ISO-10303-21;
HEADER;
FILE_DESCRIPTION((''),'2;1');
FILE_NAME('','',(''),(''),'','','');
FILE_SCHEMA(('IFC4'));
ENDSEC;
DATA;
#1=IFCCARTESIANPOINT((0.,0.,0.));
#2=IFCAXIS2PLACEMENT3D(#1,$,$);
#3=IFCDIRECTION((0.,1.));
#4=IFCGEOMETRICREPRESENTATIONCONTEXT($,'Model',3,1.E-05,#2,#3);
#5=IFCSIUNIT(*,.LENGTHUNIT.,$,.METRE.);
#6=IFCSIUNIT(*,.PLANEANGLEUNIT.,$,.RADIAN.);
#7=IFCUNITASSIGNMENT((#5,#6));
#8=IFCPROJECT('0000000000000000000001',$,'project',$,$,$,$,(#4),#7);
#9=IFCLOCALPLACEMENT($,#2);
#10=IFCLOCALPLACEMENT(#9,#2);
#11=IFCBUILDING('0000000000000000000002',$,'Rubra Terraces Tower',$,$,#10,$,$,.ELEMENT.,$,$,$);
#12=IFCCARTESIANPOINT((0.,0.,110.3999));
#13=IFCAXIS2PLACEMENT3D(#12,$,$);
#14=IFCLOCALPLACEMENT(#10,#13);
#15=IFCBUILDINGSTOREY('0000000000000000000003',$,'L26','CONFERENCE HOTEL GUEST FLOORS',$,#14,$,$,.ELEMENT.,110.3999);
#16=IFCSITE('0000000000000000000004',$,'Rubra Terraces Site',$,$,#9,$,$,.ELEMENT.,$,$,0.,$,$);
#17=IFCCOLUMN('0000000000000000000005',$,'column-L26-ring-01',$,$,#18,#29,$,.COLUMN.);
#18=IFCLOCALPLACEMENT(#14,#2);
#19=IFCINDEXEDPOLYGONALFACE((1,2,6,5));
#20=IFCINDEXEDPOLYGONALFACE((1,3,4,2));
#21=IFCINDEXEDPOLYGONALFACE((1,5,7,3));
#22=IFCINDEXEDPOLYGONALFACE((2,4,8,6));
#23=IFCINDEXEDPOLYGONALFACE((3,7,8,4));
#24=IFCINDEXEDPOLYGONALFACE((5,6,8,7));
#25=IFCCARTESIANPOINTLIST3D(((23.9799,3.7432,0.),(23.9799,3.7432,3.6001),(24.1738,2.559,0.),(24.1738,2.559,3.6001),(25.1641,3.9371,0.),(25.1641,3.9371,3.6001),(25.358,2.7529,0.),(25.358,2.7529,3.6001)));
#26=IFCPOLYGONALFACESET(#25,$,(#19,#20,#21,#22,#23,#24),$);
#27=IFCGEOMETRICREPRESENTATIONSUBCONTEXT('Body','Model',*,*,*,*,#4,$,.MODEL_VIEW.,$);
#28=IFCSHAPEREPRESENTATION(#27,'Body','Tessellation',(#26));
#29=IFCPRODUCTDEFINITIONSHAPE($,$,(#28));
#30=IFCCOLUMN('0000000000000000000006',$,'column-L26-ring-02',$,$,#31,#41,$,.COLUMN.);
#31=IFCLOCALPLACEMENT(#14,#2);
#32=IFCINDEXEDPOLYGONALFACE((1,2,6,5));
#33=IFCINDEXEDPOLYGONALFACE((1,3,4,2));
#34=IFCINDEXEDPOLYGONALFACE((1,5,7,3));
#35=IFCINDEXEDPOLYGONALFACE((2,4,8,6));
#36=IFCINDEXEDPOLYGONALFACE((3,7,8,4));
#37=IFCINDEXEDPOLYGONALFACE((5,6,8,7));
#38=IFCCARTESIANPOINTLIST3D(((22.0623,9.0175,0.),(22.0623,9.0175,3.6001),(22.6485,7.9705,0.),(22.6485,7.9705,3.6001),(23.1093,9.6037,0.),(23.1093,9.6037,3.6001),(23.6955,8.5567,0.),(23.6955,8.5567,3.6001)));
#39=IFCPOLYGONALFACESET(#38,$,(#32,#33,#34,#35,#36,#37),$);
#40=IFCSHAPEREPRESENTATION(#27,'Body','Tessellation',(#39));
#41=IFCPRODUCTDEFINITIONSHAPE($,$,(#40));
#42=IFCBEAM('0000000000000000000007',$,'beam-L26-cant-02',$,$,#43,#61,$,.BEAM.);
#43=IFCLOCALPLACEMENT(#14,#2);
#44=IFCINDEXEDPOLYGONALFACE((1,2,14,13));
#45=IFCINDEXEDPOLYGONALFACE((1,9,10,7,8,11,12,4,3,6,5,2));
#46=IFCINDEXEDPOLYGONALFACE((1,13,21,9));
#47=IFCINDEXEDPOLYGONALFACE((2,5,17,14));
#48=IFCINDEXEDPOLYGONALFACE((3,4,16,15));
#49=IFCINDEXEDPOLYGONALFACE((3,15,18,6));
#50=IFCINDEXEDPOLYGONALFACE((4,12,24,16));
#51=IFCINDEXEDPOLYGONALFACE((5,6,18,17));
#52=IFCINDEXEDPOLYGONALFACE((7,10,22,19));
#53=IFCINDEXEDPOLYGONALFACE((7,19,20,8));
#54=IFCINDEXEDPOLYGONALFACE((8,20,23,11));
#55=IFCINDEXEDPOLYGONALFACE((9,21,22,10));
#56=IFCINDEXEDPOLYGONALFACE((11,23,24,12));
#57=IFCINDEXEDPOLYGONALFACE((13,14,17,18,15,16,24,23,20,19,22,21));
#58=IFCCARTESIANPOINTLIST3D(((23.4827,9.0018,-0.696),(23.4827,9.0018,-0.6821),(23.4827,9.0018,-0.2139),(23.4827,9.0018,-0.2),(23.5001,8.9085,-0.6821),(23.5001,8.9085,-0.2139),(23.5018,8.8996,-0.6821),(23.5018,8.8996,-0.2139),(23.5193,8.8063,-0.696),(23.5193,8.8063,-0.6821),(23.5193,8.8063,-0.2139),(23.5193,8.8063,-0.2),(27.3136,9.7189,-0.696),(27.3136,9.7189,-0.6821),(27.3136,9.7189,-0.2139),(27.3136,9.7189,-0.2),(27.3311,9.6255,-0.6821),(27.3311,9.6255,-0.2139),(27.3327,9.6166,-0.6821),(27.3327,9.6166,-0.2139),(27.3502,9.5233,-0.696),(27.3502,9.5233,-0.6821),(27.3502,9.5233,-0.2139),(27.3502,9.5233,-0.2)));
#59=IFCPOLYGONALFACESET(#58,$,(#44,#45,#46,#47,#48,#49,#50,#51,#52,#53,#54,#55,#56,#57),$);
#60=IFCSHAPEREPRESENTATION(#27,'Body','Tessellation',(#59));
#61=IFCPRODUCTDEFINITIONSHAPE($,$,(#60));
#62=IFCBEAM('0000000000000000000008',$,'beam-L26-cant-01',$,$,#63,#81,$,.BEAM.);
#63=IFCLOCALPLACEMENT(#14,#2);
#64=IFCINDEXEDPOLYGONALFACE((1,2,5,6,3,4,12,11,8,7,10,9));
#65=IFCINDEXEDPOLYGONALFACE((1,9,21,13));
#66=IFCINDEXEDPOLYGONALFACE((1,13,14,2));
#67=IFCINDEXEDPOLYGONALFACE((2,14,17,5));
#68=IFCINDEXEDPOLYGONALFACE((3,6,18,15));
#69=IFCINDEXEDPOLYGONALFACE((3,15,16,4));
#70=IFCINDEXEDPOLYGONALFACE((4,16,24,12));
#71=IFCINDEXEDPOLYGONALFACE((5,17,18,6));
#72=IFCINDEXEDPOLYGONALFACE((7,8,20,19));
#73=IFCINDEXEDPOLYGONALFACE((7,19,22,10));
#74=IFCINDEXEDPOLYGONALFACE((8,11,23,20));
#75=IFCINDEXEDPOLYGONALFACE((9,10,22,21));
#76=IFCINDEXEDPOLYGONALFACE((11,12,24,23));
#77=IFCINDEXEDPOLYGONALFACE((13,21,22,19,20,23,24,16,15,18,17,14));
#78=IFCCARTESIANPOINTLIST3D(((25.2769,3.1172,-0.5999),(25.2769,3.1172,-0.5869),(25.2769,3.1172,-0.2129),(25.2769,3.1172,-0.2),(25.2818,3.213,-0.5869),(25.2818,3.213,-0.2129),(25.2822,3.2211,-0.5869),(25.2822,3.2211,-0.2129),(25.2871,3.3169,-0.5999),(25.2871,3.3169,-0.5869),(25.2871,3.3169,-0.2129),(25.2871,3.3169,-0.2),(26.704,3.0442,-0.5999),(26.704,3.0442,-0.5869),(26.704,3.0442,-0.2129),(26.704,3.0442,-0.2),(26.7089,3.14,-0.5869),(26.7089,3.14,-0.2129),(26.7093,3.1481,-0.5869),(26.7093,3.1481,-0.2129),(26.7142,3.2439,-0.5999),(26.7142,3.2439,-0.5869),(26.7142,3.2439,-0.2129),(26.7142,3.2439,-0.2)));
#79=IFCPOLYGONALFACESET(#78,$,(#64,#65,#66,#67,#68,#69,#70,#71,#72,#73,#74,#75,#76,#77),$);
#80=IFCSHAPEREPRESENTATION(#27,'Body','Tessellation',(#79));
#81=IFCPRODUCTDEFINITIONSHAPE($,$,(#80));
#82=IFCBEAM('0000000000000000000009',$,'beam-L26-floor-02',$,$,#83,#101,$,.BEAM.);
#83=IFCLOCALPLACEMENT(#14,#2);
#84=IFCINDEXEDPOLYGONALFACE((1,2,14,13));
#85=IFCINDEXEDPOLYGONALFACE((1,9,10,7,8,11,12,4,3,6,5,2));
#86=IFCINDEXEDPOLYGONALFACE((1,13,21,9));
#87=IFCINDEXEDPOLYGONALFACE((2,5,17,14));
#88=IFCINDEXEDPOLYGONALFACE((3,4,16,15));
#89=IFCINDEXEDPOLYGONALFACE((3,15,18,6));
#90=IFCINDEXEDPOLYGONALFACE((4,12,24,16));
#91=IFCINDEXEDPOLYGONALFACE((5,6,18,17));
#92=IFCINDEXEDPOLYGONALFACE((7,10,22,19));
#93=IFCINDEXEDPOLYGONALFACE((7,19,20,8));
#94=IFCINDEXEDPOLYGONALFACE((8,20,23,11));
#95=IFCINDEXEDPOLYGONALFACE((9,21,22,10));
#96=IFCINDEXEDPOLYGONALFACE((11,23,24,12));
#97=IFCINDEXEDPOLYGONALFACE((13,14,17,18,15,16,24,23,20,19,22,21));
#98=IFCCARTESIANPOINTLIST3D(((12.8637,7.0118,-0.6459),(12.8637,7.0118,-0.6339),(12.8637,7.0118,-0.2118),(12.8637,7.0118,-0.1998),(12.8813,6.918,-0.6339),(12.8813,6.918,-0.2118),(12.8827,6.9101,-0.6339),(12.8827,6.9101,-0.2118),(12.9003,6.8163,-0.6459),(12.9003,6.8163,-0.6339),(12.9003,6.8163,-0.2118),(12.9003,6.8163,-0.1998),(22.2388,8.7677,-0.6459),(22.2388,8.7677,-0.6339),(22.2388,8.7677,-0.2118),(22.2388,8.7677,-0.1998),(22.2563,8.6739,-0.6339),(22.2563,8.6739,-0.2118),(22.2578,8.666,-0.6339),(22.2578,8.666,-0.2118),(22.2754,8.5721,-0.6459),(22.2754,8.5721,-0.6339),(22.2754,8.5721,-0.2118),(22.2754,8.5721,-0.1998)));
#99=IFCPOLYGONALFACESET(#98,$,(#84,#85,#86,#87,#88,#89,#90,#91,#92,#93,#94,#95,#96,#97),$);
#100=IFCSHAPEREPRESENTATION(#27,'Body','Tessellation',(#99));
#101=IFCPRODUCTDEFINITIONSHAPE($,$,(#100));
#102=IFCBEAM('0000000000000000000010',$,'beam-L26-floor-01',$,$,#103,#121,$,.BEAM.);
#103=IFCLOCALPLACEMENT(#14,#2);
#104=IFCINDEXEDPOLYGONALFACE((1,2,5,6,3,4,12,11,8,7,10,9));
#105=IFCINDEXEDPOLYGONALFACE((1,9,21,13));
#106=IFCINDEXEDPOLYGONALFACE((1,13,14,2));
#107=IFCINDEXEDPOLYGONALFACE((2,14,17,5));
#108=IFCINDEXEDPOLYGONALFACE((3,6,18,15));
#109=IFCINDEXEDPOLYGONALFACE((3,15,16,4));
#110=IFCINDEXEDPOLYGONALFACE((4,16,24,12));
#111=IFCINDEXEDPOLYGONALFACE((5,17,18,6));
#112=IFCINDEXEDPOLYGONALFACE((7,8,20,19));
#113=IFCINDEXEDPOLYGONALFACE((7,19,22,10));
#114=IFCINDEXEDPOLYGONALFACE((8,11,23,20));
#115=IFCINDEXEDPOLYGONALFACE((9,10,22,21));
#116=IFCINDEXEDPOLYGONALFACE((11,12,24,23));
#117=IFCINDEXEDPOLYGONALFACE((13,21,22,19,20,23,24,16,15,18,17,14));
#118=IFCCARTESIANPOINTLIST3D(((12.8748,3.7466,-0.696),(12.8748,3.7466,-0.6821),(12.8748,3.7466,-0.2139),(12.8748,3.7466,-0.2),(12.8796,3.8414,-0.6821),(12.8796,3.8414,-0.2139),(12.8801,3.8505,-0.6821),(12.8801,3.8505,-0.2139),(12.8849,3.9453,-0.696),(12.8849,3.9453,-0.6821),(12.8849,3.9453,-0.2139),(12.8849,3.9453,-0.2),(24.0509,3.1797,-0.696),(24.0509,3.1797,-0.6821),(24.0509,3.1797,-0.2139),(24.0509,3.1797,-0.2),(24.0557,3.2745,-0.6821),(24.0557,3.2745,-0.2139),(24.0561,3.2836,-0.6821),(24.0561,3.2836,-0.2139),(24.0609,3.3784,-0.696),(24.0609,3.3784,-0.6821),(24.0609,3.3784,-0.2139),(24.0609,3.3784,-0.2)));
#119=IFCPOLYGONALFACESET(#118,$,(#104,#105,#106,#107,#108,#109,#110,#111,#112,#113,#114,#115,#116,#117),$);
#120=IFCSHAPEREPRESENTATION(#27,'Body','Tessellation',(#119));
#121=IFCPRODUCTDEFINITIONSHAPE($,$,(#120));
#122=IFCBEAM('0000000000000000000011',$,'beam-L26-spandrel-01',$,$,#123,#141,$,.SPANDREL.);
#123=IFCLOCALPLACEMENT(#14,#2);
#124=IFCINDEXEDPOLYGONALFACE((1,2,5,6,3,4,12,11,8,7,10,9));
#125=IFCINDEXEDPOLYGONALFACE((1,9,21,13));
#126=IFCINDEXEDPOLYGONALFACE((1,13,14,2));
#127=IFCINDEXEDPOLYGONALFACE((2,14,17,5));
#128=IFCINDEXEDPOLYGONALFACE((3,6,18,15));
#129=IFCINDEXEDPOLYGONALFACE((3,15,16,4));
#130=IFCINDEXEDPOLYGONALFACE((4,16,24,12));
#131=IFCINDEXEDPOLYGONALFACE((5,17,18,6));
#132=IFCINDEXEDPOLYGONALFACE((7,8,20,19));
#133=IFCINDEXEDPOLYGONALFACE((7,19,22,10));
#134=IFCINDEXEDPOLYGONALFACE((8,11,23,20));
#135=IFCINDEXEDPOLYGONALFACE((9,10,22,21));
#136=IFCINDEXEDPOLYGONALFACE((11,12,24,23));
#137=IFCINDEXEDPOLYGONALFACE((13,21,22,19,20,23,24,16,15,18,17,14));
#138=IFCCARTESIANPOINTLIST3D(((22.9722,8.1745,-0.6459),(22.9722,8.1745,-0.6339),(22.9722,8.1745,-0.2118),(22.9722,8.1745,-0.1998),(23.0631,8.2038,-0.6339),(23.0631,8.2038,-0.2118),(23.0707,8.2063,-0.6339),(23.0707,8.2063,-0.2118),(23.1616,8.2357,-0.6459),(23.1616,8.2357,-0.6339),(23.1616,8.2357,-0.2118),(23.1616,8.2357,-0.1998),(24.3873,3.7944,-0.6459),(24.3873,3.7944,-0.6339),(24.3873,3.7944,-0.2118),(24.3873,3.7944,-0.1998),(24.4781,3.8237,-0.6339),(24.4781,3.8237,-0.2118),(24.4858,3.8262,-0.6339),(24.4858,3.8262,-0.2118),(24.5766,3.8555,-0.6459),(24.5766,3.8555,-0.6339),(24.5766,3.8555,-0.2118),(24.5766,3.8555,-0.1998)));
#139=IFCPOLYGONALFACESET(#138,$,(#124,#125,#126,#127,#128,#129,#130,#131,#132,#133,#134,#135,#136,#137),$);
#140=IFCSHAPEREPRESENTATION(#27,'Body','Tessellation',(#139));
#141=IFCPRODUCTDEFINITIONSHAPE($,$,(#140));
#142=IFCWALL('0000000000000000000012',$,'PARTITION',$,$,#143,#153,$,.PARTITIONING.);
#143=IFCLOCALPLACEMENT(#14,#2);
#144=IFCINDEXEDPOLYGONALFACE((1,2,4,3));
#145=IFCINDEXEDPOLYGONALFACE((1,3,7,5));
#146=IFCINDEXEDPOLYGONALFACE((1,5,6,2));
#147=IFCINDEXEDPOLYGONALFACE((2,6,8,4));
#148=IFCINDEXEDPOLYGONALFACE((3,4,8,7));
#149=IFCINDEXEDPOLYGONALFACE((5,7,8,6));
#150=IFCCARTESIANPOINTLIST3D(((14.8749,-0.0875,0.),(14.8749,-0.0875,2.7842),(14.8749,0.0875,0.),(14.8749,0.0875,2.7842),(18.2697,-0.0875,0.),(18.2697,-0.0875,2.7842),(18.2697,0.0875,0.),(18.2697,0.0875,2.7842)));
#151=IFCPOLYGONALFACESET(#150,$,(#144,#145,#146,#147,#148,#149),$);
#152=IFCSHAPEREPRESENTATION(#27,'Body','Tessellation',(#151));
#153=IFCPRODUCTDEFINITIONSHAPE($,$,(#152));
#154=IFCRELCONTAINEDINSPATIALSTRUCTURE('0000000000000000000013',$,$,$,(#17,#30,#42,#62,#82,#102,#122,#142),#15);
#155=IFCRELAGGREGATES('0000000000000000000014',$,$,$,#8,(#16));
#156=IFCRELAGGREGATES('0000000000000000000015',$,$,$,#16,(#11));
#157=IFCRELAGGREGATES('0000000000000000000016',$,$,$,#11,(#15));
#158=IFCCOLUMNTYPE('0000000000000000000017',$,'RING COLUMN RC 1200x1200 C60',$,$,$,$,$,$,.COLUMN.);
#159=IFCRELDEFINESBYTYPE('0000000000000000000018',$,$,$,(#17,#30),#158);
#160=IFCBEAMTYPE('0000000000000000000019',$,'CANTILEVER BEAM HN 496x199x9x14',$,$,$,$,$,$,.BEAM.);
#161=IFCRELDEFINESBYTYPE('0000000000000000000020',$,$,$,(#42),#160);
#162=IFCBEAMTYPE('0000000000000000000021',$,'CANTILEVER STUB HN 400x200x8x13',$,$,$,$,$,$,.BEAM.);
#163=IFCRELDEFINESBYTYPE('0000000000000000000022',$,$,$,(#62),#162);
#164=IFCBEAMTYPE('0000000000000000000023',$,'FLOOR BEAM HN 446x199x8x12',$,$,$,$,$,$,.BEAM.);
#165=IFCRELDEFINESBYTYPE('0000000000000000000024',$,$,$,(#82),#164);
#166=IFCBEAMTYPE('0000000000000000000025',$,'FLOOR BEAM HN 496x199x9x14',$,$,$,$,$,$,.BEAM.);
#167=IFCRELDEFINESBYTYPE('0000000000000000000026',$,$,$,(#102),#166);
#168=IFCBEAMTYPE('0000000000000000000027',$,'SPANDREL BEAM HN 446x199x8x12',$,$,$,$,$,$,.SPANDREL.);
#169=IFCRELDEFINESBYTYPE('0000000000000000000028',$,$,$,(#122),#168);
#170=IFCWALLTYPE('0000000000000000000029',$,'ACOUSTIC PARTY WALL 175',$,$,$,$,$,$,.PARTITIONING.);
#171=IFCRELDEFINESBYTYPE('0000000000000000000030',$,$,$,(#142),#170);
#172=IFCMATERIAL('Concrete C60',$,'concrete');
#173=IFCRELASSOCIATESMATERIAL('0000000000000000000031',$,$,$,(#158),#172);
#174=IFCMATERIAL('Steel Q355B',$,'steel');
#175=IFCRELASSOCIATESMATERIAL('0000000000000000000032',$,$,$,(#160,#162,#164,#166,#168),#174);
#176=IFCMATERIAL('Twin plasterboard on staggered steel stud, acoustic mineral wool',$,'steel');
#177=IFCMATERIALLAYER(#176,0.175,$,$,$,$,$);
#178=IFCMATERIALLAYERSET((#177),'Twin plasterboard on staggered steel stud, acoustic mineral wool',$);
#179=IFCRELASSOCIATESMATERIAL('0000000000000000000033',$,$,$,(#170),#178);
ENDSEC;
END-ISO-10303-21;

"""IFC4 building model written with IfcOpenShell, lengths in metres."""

from ifc_helpers import new_model, si_unit, direction, frame, frame_2d, origin, origin_2d, place, context, subcontext, project, spatial, rectangle, i_section, extrude, material, layer, layer_set, material_profile, profile_set, type_object, element, save


model = new_model("IFC4")

# Units and contexts
model_context = context("Model", 3, precision=1e-05, world=origin(), true_north=direction((0.0, 1.0)))
body_context = subcontext(model_context, "Body", "Model", "MODEL_VIEW")
ifc_project = project(units=[si_unit("LENGTHUNIT", "METRE"), si_unit("PLANEANGLEUNIT", "RADIAN")], contexts=[model_context])

# Site, building, storey
site_placement = place(None, origin())
site = spatial("IfcSite", under=ifc_project, at=site_placement, Name="Rubra Terraces Site", CompositionType="ELEMENT", RefElevation=0.0)
building_placement = place(site_placement, origin())
building = spatial("IfcBuilding", under=site, at=building_placement, Name="Rubra Terraces Tower", CompositionType="ELEMENT")
storey_placement = place(building_placement, frame((0.0, 0.0, 110.3999)))
storey = spatial("IfcBuildingStorey", under=building, at=storey_placement, Name="L26", Description="CONFERENCE HOTEL GUEST FLOORS", CompositionType="ELEMENT", Elevation=110.3999)

# Columns
ifc_material_1 = material(Name="Concrete C60", Category="concrete")
ifc_material_profile_1 = material_profile(ifc_material_1, rectangle(XDim=1.2, YDim=1.2, at=origin_2d()), Name="RC 1200x1200")
ifc_profile_set_1 = profile_set([ifc_material_profile_1], Name="Concrete C60")
column_type = type_object("IfcColumnType", Name="RING COLUMN RC 1200x1200 C60", PredefinedType="COLUMN", material=ifc_profile_set_1)
for number, where, z_axis, x_axis, name in (
    (1, (24.6689, 3.248, 0.0), (0.0, 0.0, 1.0), (-0.161559, 0.986863, 0.0), "column-L26-ring-01"),
    (2, (22.8789, 8.7871, 0.0), (0.0, 0.0, 1.0), (-0.488526, 0.872549, 0.0), "column-L26-ring-02"),
):
    element("IfcColumn", number, at=place(storey_placement, frame(where, z_axis=z_axis, x_axis=x_axis)), inside=storey, type_object=column_type, Name=name, PredefinedType="COLUMN", context=body_context, shape_type="SweptSolid", body=[
        extrude(rectangle(XDim=1.2, YDim=1.2, at=origin_2d()), origin(), (0.0, 0.0, 1.0), 3.6001),
    ])

# Beams
ifc_material_2 = material(Name="Steel Q355B", Category="steel")
ifc_material_profile_2 = material_profile(ifc_material_2, i_section(OverallWidth=0.199, OverallDepth=0.4961, WebThickness=0.009, FlangeThickness=0.0139, at=origin_2d()), Name="HN 496x199x9x14")
ifc_profile_set_2 = profile_set([ifc_material_profile_2], Name="Steel Q355B")
beam_type_1 = type_object("IfcBeamType", Name="CANTILEVER BEAM HN 496x199x9x14", PredefinedType="BEAM", material=ifc_profile_set_2)
beam_1_placement = place(storey_placement, frame((23.501, 8.9041, -0.448), z_axis=(0.982932, 0.183971, 0.0), x_axis=(-0.183971, 0.982932, 0.0)))
element("IfcBeam", 3, at=beam_1_placement, inside=storey, type_object=beam_type_1, Name="beam-L26-cant-02", PredefinedType="BEAM", context=body_context, shape_type="SweptSolid", body=[
    extrude(i_section(OverallWidth=0.199, OverallDepth=0.4961, WebThickness=0.009, FlangeThickness=0.0139, at=origin_2d()), origin(), (0.0, 0.0, 1.0), 3.8975),
])
ifc_material_profile_3 = material_profile(ifc_material_2, i_section(OverallWidth=0.2, OverallDepth=0.3999, WebThickness=0.0081, FlangeThickness=0.0129, at=origin_2d()), Name="HN 400x200x8x13")
ifc_profile_set_3 = profile_set([ifc_material_profile_3], Name="Steel Q355B")
beam_type_2 = type_object("IfcBeamType", Name="CANTILEVER STUB HN 400x200x8x13", PredefinedType="BEAM", material=ifc_profile_set_3)
beam_2_placement = place(storey_placement, frame((25.282, 3.217, -0.3999), z_axis=(0.998694, -0.051088, 0.0), x_axis=(0.051088, 0.998694, 0.0)))
element("IfcBeam", 4, at=beam_2_placement, inside=storey, type_object=beam_type_2, Name="beam-L26-cant-01", PredefinedType="BEAM", context=body_context, shape_type="SweptSolid", body=[
    extrude(i_section(OverallWidth=0.2, OverallDepth=0.3999, WebThickness=0.0081, FlangeThickness=0.0129, at=origin_2d()), origin(), (0.0, 0.0, 1.0), 1.429),
])
ifc_material_profile_4 = material_profile(ifc_material_2, i_section(OverallWidth=0.199, OverallDepth=0.446, WebThickness=0.0081, FlangeThickness=0.012, at=origin_2d()), Name="HN 446x199x8x12")
ifc_profile_set_4 = profile_set([ifc_material_profile_4], Name="Steel Q355B")
beam_type_3 = type_object("IfcBeamType", Name="FLOOR BEAM HN 446x199x8x12", PredefinedType="BEAM", material=ifc_profile_set_4)
beam_3_placement = place(storey_placement, frame((22.2571, 8.6699, -0.4229), z_axis=(-0.982909, -0.184091, 0.0), x_axis=(0.184091, -0.982909, 0.0)))
element("IfcBeam", 5, at=beam_3_placement, inside=storey, type_object=beam_type_3, Name="beam-L26-floor-02", PredefinedType="BEAM", context=body_context, shape_type="SweptSolid", body=[
    extrude(i_section(OverallWidth=0.199, OverallDepth=0.446, WebThickness=0.0081, FlangeThickness=0.012, at=origin_2d()), origin(), (0.0, 0.0, 1.0), 9.5381),
])
ifc_material_profile_5 = material_profile(ifc_material_2, i_section(OverallWidth=0.199, OverallDepth=0.4961, WebThickness=0.009, FlangeThickness=0.0139, at=origin_2d()), Name="HN 496x199x9x14")
ifc_profile_set_5 = profile_set([ifc_material_profile_5], Name="Steel Q355B")
beam_type_4 = type_object("IfcBeamType", Name="FLOOR BEAM HN 496x199x9x14", PredefinedType="BEAM", material=ifc_profile_set_5)
beam_4_placement = place(storey_placement, frame((24.0559, 3.2791, -0.448), z_axis=(-0.998716, 0.050659, 0.0), x_axis=(-0.050659, -0.998716, 0.0)))
element("IfcBeam", 6, at=beam_4_placement, inside=storey, type_object=beam_type_4, Name="beam-L26-floor-01", PredefinedType="BEAM", context=body_context, shape_type="SweptSolid", body=[
    extrude(i_section(OverallWidth=0.199, OverallDepth=0.4961, WebThickness=0.009, FlangeThickness=0.0139, at=origin_2d()), origin(), (0.0, 0.0, 1.0), 11.1904),
])
ifc_material_profile_6 = material_profile(ifc_material_2, i_section(OverallWidth=0.199, OverallDepth=0.446, WebThickness=0.0081, FlangeThickness=0.012, at=origin_2d()), Name="HN 446x199x8x12")
ifc_profile_set_6 = profile_set([ifc_material_profile_6], Name="Steel Q355B")
beam_type_5 = type_object("IfcBeamType", Name="SPANDREL BEAM HN 446x199x8x12", PredefinedType="SPANDREL", material=ifc_profile_set_6)
beam_5_placement = place(storey_placement, frame((24.4819, 3.825, -0.4229), z_axis=(-0.307415, 0.951576, 0.0), x_axis=(-0.951576, -0.307415, 0.0)))
element("IfcBeam", 7, at=beam_5_placement, inside=storey, type_object=beam_type_5, Name="beam-L26-spandrel-01", PredefinedType="SPANDREL", context=body_context, shape_type="SweptSolid", body=[
    extrude(i_section(OverallWidth=0.199, OverallDepth=0.446, WebThickness=0.0081, FlangeThickness=0.012, at=origin_2d()), origin(), (0.0, 0.0, 1.0), 4.603),
])

# Wall
ifc_material_3 = material(Name="Twin plasterboard on staggered steel stud, acoustic mineral wool", Category="steel")
ifc_layer_1 = layer(ifc_material_3, 0.175)
ifc_layer_set_1 = layer_set([ifc_layer_1], Name="Twin plasterboard on staggered steel stud, acoustic mineral wool")
wall_type_1 = type_object("IfcWallType", Name="ACOUSTIC PARTY WALL 175", PredefinedType="PARTITIONING", material=ifc_layer_set_1)
wall_1_placement = place(storey_placement, frame((14.875, 0.0, 0.0), z_axis=(0.0, 0.0, 1.0), x_axis=(1.0, 0.0, 0.0)))
element("IfcWall", 8, at=wall_1_placement, inside=storey, type_object=wall_type_1, Name="PARTITION", PredefinedType="PARTITIONING", context=body_context, shape_type="SweptSolid", body=[
    extrude(rectangle(XDim=3.3948, YDim=0.175, at=frame_2d((1.6973, 0.0))), origin(), (0.0, 0.0, 1.0), 2.7842),
])

save(model, "model.ifc")
